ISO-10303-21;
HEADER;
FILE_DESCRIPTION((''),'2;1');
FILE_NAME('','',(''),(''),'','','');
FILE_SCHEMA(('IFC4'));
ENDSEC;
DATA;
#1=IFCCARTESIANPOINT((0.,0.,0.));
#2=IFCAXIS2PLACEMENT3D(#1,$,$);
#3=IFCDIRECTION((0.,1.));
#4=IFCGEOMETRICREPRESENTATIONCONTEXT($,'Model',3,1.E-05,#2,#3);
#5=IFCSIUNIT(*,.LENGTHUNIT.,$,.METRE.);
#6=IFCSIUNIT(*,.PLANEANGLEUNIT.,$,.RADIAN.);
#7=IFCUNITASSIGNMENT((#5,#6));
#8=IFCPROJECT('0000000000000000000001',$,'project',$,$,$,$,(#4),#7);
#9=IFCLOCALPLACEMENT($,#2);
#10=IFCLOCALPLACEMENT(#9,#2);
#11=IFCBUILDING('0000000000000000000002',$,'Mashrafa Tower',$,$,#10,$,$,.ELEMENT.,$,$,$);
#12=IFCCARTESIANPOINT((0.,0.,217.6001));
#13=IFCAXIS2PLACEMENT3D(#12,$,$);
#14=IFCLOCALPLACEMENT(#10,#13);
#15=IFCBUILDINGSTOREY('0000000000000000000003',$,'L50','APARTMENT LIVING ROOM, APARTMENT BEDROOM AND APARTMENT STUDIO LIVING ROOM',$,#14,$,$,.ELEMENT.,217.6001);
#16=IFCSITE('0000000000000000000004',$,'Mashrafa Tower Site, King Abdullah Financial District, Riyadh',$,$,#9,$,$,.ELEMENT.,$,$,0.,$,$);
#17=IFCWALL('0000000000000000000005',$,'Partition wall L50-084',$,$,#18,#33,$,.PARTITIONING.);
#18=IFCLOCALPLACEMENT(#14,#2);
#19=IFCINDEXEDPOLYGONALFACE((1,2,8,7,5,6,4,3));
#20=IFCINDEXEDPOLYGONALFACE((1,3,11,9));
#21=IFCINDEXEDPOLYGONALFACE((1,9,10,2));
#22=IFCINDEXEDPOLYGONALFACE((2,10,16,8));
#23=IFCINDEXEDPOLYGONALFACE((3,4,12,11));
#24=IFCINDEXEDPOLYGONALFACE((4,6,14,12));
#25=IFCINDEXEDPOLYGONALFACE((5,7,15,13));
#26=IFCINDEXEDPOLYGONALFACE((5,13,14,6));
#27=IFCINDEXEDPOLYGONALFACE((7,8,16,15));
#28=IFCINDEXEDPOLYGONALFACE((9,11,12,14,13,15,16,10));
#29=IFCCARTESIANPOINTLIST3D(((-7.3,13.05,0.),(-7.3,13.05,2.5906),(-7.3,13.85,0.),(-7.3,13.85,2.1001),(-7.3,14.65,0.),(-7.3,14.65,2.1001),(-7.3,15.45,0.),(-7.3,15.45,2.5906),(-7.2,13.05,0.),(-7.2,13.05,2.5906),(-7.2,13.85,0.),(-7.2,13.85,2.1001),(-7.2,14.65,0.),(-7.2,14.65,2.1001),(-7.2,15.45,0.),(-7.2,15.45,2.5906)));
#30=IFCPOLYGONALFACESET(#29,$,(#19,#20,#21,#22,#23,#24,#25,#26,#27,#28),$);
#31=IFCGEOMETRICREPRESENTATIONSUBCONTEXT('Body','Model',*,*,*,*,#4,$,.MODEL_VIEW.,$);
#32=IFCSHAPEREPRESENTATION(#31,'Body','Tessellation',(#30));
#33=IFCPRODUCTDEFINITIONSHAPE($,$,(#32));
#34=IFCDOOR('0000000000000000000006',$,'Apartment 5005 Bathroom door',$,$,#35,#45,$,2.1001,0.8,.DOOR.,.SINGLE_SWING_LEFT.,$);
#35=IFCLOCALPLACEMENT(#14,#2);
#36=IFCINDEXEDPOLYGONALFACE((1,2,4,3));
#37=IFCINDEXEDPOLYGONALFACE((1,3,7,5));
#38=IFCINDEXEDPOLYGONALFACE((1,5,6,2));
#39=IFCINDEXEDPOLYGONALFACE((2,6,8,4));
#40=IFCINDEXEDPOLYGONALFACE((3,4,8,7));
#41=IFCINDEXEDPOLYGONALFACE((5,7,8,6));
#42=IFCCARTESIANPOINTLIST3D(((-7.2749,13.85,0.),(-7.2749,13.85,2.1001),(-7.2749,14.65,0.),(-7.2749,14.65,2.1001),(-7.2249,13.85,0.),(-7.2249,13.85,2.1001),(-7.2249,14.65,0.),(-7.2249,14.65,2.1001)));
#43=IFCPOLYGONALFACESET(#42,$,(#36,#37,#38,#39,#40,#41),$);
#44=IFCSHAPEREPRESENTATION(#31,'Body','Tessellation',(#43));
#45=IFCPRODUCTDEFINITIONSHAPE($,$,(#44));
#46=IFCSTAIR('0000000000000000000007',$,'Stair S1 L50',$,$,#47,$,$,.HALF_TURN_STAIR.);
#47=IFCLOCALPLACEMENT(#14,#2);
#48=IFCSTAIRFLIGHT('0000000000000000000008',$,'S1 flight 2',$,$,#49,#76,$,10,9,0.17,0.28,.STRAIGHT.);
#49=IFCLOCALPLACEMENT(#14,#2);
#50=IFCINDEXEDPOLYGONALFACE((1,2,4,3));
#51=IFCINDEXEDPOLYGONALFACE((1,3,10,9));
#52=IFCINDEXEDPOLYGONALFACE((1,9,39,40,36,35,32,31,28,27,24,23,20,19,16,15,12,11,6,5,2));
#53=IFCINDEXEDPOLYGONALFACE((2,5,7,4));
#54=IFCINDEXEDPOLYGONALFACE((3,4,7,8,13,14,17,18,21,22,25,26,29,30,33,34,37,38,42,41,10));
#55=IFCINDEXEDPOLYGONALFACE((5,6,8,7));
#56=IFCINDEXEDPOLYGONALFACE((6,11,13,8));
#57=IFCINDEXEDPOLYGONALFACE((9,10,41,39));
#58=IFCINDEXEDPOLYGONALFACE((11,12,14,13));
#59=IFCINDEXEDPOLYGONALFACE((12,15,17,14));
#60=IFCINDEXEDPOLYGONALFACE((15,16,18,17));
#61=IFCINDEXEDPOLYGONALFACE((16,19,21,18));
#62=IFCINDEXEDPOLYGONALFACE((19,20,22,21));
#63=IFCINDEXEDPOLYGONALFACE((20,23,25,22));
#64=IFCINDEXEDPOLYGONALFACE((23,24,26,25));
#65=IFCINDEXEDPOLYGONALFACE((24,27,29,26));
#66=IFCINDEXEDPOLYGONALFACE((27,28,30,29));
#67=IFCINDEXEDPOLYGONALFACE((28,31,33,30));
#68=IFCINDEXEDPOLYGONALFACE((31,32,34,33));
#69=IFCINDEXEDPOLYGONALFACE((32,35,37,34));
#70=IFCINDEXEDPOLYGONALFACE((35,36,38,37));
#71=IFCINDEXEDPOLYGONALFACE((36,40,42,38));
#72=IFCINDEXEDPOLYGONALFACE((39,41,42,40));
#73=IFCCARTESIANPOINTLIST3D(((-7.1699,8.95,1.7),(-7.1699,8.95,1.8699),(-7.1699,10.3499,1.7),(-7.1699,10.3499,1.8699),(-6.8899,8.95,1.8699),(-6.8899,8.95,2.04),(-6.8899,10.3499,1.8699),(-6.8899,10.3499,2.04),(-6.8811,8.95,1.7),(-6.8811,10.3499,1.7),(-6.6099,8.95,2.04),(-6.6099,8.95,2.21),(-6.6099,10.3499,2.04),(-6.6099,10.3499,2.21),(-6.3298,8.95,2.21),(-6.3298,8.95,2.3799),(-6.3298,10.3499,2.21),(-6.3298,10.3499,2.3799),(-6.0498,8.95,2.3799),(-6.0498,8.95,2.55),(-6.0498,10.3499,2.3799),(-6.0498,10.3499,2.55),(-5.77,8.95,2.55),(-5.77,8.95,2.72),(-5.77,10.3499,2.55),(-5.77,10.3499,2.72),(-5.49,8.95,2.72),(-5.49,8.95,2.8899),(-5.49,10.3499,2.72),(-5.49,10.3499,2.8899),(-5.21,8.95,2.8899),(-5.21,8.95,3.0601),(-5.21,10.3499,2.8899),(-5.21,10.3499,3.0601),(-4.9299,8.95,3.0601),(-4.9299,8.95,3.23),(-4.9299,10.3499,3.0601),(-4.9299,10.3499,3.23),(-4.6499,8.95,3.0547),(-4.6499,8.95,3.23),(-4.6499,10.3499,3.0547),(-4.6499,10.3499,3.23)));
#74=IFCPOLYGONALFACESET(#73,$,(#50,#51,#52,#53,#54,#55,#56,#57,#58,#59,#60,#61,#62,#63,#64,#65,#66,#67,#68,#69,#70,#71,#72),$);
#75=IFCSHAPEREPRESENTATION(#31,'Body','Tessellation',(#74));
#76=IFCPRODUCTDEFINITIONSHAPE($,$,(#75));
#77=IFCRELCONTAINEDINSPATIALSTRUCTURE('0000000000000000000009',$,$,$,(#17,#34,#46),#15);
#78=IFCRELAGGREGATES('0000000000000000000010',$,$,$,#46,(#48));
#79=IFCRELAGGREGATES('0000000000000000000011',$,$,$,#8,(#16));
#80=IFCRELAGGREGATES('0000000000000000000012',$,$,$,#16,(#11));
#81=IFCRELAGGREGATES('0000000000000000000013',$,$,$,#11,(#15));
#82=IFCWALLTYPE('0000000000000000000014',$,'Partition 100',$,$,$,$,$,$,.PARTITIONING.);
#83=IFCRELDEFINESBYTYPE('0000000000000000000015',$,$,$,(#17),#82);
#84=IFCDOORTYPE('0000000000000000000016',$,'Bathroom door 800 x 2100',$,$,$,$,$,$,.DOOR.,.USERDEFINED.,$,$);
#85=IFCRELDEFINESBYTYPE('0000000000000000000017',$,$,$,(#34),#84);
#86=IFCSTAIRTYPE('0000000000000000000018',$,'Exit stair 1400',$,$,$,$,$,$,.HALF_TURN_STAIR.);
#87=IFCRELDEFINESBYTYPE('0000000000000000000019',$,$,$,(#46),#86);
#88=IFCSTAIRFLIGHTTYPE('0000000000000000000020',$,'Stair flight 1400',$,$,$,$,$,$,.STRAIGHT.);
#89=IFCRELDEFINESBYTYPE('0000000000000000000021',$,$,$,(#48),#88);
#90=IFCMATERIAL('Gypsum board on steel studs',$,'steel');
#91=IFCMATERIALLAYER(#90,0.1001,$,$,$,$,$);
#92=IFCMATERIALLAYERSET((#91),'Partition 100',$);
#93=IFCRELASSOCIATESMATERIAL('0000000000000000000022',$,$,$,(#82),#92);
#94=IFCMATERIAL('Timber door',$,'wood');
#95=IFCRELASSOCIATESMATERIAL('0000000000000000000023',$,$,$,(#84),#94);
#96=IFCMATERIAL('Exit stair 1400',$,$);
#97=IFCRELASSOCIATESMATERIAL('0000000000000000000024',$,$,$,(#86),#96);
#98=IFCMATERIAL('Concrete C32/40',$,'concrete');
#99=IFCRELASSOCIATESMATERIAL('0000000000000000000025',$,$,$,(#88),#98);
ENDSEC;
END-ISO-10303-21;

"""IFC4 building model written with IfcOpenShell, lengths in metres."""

from ifc_helpers import new_model, si_unit, direction, frame, frame_2d, origin, place, context, subcontext, project, spatial, polyline, rectangle, outline, extrude, material, layer, layer_set, type_object, element, fill, aggregate, save


model = new_model("IFC4")

# Units and contexts
model_context = context("Model", 3, precision=1e-05, world=origin(), true_north=direction((0.0, 1.0)))
body_context = subcontext(model_context, "Body", "Model", "MODEL_VIEW")
ifc_project = project(units=[si_unit("LENGTHUNIT", "METRE"), si_unit("PLANEANGLEUNIT", "RADIAN")], contexts=[model_context])

# Site, building, storey
site_placement = place(None, origin())
site = spatial("IfcSite", under=ifc_project, at=site_placement, Name="Mashrafa Tower Site, King Abdullah Financial District, Riyadh", CompositionType="ELEMENT", RefElevation=0.0)
building_placement = place(site_placement, origin())
building = spatial("IfcBuilding", under=site, at=building_placement, Name="Mashrafa Tower", CompositionType="ELEMENT")
storey_placement = place(building_placement, frame((0.0, 0.0, 217.6001)))
storey = spatial("IfcBuildingStorey", under=building, at=storey_placement, Name="L50", Description="APARTMENT LIVING ROOM, APARTMENT BEDROOM AND APARTMENT STUDIO LIVING ROOM", CompositionType="ELEMENT", Elevation=217.6001)

# Shared definitions
ifc_material_1 = material(Name="Gypsum board on steel studs", Category="steel")
ifc_layer_1 = layer(ifc_material_1, 0.1001)
ifc_layer_set_1 = layer_set([ifc_layer_1], Name="Partition 100")
wall_type_1 = type_object("IfcWallType", Name="Partition 100", PredefinedType="PARTITIONING", material=ifc_layer_set_1)

# Wall, opening, door
wall_1_placement = place(storey_placement, frame((-7.25, 13.05, 0.0), z_axis=(0.0, 0.0, 1.0), x_axis=(0.0, 1.0, 0.0)))
wall_1 = element("IfcWall", 1, at=wall_1_placement, inside=storey, type_object=wall_type_1, Name="Partition wall L50-084", PredefinedType="PARTITIONING", context=body_context, shape_type="SweptSolid", body=[
    extrude(rectangle(XDim=2.3999, YDim=0.1001, at=frame_2d((1.2, 0.0))), origin(), (0.0, 0.0, 1.0), 2.5906),
])
opening_1_placement = place(wall_1_placement, frame((0.8, 0.0, 0.0)))
opening_1 = element("IfcOpeningElement", 2, at=opening_1_placement, cuts=wall_1, PredefinedType="OPENING", context=body_context, shape_type="SweptSolid", body=[
    extrude(rectangle(XDim=0.8, YDim=2.1001, at=frame_2d((0.3999, 1.05))), frame((0.0, 0.0601, 0.0), z_axis=(0.0, -1.0, 0.0), x_axis=(1.0, 0.0, 0.0)), (0.0, 0.0, 1.0), 0.1201),
])
ifc_material_2 = material(Name="Timber door", Category="wood")
door_type_1 = type_object("IfcDoorType", Name="Bathroom door 800 x 2100", OperationType="USERDEFINED", PredefinedType="DOOR", material=ifc_material_2)
door_1_placement = place(opening_1_placement, origin())
door_1 = element("IfcDoor", 3, at=door_1_placement, inside=storey, type_object=door_type_1, Name="Apartment 5005 Bathroom door", OperationType="SINGLE_SWING_LEFT", OverallHeight=2.1001, OverallWidth=0.8, PredefinedType="DOOR", context=body_context, shape_type="SweptSolid", body=[
    extrude(rectangle(XDim=0.8, YDim=2.1001, at=frame_2d((0.3999, 1.05))), frame((0.0, 0.0249, 0.0), z_axis=(0.0, -1.0, 0.0), x_axis=(1.0, 0.0, 0.0)), (0.0, 0.0, 1.0), 0.05),
])
fill(opening_1, door_1)

# Stair, stair flight
ifc_material_3 = material(Name="Exit stair 1400")
stair_type = type_object("IfcStairType", Name="Exit stair 1400", PredefinedType="HALF_TURN_STAIR", material=ifc_material_3)
stair_placement = place(storey_placement, origin())
stair = element("IfcStair", 4, at=stair_placement, inside=storey, type_object=stair_type, Name="Stair S1 L50", PredefinedType="HALF_TURN_STAIR")
ifc_material_4 = material(Name="Concrete C32/40", Category="concrete")
stair_flight_type = type_object("IfcStairFlightType", Name="Stair flight 1400", PredefinedType="STRAIGHT", material=ifc_material_4)
stair_flight_placement = place(storey_placement, frame((-7.1699, 9.6499, 1.7), z_axis=(0.0, 0.0, 1.0), x_axis=(1.0, 0.0, 0.0)))
stair_flight = element("IfcStairFlight", 5, at=stair_flight_placement, type_object=stair_flight_type, Name="S1 flight 2", NumberOfRisers=10, NumberOfTreads=9, PredefinedType="STRAIGHT", RiserHeight=0.17, TreadLength=0.28, context=body_context, shape_type="SweptSolid", body=[
    extrude(outline(polyline([(0.0, 0.0), (0.0, 0.1699), (0.28, 0.1699), (0.28, 0.3401), (0.5601, 0.3401), (0.5601, 0.51), (0.8401, 0.51), (0.8401, 0.6799), (1.1201, 0.6799), (1.1201, 0.8501), (1.3999, 0.8501), (1.3999, 1.02), (1.6799, 1.02), (1.6799, 1.1899), (1.96, 1.1899), (1.96, 1.3601), (2.24, 1.3601), (2.24, 1.53), (2.52, 1.53), (2.52, 1.7), (2.52, 1.3547), (0.2888, 0.0), (0.0, 0.0)])), frame((0.0, 0.7, 0.0), z_axis=(0.0, -1.0, 0.0), x_axis=(1.0, 0.0, 0.0)), (0.0, 0.0, 1.0), 1.3999),
])
aggregate(stair, [stair_flight])

save(model, "model.ifc")
